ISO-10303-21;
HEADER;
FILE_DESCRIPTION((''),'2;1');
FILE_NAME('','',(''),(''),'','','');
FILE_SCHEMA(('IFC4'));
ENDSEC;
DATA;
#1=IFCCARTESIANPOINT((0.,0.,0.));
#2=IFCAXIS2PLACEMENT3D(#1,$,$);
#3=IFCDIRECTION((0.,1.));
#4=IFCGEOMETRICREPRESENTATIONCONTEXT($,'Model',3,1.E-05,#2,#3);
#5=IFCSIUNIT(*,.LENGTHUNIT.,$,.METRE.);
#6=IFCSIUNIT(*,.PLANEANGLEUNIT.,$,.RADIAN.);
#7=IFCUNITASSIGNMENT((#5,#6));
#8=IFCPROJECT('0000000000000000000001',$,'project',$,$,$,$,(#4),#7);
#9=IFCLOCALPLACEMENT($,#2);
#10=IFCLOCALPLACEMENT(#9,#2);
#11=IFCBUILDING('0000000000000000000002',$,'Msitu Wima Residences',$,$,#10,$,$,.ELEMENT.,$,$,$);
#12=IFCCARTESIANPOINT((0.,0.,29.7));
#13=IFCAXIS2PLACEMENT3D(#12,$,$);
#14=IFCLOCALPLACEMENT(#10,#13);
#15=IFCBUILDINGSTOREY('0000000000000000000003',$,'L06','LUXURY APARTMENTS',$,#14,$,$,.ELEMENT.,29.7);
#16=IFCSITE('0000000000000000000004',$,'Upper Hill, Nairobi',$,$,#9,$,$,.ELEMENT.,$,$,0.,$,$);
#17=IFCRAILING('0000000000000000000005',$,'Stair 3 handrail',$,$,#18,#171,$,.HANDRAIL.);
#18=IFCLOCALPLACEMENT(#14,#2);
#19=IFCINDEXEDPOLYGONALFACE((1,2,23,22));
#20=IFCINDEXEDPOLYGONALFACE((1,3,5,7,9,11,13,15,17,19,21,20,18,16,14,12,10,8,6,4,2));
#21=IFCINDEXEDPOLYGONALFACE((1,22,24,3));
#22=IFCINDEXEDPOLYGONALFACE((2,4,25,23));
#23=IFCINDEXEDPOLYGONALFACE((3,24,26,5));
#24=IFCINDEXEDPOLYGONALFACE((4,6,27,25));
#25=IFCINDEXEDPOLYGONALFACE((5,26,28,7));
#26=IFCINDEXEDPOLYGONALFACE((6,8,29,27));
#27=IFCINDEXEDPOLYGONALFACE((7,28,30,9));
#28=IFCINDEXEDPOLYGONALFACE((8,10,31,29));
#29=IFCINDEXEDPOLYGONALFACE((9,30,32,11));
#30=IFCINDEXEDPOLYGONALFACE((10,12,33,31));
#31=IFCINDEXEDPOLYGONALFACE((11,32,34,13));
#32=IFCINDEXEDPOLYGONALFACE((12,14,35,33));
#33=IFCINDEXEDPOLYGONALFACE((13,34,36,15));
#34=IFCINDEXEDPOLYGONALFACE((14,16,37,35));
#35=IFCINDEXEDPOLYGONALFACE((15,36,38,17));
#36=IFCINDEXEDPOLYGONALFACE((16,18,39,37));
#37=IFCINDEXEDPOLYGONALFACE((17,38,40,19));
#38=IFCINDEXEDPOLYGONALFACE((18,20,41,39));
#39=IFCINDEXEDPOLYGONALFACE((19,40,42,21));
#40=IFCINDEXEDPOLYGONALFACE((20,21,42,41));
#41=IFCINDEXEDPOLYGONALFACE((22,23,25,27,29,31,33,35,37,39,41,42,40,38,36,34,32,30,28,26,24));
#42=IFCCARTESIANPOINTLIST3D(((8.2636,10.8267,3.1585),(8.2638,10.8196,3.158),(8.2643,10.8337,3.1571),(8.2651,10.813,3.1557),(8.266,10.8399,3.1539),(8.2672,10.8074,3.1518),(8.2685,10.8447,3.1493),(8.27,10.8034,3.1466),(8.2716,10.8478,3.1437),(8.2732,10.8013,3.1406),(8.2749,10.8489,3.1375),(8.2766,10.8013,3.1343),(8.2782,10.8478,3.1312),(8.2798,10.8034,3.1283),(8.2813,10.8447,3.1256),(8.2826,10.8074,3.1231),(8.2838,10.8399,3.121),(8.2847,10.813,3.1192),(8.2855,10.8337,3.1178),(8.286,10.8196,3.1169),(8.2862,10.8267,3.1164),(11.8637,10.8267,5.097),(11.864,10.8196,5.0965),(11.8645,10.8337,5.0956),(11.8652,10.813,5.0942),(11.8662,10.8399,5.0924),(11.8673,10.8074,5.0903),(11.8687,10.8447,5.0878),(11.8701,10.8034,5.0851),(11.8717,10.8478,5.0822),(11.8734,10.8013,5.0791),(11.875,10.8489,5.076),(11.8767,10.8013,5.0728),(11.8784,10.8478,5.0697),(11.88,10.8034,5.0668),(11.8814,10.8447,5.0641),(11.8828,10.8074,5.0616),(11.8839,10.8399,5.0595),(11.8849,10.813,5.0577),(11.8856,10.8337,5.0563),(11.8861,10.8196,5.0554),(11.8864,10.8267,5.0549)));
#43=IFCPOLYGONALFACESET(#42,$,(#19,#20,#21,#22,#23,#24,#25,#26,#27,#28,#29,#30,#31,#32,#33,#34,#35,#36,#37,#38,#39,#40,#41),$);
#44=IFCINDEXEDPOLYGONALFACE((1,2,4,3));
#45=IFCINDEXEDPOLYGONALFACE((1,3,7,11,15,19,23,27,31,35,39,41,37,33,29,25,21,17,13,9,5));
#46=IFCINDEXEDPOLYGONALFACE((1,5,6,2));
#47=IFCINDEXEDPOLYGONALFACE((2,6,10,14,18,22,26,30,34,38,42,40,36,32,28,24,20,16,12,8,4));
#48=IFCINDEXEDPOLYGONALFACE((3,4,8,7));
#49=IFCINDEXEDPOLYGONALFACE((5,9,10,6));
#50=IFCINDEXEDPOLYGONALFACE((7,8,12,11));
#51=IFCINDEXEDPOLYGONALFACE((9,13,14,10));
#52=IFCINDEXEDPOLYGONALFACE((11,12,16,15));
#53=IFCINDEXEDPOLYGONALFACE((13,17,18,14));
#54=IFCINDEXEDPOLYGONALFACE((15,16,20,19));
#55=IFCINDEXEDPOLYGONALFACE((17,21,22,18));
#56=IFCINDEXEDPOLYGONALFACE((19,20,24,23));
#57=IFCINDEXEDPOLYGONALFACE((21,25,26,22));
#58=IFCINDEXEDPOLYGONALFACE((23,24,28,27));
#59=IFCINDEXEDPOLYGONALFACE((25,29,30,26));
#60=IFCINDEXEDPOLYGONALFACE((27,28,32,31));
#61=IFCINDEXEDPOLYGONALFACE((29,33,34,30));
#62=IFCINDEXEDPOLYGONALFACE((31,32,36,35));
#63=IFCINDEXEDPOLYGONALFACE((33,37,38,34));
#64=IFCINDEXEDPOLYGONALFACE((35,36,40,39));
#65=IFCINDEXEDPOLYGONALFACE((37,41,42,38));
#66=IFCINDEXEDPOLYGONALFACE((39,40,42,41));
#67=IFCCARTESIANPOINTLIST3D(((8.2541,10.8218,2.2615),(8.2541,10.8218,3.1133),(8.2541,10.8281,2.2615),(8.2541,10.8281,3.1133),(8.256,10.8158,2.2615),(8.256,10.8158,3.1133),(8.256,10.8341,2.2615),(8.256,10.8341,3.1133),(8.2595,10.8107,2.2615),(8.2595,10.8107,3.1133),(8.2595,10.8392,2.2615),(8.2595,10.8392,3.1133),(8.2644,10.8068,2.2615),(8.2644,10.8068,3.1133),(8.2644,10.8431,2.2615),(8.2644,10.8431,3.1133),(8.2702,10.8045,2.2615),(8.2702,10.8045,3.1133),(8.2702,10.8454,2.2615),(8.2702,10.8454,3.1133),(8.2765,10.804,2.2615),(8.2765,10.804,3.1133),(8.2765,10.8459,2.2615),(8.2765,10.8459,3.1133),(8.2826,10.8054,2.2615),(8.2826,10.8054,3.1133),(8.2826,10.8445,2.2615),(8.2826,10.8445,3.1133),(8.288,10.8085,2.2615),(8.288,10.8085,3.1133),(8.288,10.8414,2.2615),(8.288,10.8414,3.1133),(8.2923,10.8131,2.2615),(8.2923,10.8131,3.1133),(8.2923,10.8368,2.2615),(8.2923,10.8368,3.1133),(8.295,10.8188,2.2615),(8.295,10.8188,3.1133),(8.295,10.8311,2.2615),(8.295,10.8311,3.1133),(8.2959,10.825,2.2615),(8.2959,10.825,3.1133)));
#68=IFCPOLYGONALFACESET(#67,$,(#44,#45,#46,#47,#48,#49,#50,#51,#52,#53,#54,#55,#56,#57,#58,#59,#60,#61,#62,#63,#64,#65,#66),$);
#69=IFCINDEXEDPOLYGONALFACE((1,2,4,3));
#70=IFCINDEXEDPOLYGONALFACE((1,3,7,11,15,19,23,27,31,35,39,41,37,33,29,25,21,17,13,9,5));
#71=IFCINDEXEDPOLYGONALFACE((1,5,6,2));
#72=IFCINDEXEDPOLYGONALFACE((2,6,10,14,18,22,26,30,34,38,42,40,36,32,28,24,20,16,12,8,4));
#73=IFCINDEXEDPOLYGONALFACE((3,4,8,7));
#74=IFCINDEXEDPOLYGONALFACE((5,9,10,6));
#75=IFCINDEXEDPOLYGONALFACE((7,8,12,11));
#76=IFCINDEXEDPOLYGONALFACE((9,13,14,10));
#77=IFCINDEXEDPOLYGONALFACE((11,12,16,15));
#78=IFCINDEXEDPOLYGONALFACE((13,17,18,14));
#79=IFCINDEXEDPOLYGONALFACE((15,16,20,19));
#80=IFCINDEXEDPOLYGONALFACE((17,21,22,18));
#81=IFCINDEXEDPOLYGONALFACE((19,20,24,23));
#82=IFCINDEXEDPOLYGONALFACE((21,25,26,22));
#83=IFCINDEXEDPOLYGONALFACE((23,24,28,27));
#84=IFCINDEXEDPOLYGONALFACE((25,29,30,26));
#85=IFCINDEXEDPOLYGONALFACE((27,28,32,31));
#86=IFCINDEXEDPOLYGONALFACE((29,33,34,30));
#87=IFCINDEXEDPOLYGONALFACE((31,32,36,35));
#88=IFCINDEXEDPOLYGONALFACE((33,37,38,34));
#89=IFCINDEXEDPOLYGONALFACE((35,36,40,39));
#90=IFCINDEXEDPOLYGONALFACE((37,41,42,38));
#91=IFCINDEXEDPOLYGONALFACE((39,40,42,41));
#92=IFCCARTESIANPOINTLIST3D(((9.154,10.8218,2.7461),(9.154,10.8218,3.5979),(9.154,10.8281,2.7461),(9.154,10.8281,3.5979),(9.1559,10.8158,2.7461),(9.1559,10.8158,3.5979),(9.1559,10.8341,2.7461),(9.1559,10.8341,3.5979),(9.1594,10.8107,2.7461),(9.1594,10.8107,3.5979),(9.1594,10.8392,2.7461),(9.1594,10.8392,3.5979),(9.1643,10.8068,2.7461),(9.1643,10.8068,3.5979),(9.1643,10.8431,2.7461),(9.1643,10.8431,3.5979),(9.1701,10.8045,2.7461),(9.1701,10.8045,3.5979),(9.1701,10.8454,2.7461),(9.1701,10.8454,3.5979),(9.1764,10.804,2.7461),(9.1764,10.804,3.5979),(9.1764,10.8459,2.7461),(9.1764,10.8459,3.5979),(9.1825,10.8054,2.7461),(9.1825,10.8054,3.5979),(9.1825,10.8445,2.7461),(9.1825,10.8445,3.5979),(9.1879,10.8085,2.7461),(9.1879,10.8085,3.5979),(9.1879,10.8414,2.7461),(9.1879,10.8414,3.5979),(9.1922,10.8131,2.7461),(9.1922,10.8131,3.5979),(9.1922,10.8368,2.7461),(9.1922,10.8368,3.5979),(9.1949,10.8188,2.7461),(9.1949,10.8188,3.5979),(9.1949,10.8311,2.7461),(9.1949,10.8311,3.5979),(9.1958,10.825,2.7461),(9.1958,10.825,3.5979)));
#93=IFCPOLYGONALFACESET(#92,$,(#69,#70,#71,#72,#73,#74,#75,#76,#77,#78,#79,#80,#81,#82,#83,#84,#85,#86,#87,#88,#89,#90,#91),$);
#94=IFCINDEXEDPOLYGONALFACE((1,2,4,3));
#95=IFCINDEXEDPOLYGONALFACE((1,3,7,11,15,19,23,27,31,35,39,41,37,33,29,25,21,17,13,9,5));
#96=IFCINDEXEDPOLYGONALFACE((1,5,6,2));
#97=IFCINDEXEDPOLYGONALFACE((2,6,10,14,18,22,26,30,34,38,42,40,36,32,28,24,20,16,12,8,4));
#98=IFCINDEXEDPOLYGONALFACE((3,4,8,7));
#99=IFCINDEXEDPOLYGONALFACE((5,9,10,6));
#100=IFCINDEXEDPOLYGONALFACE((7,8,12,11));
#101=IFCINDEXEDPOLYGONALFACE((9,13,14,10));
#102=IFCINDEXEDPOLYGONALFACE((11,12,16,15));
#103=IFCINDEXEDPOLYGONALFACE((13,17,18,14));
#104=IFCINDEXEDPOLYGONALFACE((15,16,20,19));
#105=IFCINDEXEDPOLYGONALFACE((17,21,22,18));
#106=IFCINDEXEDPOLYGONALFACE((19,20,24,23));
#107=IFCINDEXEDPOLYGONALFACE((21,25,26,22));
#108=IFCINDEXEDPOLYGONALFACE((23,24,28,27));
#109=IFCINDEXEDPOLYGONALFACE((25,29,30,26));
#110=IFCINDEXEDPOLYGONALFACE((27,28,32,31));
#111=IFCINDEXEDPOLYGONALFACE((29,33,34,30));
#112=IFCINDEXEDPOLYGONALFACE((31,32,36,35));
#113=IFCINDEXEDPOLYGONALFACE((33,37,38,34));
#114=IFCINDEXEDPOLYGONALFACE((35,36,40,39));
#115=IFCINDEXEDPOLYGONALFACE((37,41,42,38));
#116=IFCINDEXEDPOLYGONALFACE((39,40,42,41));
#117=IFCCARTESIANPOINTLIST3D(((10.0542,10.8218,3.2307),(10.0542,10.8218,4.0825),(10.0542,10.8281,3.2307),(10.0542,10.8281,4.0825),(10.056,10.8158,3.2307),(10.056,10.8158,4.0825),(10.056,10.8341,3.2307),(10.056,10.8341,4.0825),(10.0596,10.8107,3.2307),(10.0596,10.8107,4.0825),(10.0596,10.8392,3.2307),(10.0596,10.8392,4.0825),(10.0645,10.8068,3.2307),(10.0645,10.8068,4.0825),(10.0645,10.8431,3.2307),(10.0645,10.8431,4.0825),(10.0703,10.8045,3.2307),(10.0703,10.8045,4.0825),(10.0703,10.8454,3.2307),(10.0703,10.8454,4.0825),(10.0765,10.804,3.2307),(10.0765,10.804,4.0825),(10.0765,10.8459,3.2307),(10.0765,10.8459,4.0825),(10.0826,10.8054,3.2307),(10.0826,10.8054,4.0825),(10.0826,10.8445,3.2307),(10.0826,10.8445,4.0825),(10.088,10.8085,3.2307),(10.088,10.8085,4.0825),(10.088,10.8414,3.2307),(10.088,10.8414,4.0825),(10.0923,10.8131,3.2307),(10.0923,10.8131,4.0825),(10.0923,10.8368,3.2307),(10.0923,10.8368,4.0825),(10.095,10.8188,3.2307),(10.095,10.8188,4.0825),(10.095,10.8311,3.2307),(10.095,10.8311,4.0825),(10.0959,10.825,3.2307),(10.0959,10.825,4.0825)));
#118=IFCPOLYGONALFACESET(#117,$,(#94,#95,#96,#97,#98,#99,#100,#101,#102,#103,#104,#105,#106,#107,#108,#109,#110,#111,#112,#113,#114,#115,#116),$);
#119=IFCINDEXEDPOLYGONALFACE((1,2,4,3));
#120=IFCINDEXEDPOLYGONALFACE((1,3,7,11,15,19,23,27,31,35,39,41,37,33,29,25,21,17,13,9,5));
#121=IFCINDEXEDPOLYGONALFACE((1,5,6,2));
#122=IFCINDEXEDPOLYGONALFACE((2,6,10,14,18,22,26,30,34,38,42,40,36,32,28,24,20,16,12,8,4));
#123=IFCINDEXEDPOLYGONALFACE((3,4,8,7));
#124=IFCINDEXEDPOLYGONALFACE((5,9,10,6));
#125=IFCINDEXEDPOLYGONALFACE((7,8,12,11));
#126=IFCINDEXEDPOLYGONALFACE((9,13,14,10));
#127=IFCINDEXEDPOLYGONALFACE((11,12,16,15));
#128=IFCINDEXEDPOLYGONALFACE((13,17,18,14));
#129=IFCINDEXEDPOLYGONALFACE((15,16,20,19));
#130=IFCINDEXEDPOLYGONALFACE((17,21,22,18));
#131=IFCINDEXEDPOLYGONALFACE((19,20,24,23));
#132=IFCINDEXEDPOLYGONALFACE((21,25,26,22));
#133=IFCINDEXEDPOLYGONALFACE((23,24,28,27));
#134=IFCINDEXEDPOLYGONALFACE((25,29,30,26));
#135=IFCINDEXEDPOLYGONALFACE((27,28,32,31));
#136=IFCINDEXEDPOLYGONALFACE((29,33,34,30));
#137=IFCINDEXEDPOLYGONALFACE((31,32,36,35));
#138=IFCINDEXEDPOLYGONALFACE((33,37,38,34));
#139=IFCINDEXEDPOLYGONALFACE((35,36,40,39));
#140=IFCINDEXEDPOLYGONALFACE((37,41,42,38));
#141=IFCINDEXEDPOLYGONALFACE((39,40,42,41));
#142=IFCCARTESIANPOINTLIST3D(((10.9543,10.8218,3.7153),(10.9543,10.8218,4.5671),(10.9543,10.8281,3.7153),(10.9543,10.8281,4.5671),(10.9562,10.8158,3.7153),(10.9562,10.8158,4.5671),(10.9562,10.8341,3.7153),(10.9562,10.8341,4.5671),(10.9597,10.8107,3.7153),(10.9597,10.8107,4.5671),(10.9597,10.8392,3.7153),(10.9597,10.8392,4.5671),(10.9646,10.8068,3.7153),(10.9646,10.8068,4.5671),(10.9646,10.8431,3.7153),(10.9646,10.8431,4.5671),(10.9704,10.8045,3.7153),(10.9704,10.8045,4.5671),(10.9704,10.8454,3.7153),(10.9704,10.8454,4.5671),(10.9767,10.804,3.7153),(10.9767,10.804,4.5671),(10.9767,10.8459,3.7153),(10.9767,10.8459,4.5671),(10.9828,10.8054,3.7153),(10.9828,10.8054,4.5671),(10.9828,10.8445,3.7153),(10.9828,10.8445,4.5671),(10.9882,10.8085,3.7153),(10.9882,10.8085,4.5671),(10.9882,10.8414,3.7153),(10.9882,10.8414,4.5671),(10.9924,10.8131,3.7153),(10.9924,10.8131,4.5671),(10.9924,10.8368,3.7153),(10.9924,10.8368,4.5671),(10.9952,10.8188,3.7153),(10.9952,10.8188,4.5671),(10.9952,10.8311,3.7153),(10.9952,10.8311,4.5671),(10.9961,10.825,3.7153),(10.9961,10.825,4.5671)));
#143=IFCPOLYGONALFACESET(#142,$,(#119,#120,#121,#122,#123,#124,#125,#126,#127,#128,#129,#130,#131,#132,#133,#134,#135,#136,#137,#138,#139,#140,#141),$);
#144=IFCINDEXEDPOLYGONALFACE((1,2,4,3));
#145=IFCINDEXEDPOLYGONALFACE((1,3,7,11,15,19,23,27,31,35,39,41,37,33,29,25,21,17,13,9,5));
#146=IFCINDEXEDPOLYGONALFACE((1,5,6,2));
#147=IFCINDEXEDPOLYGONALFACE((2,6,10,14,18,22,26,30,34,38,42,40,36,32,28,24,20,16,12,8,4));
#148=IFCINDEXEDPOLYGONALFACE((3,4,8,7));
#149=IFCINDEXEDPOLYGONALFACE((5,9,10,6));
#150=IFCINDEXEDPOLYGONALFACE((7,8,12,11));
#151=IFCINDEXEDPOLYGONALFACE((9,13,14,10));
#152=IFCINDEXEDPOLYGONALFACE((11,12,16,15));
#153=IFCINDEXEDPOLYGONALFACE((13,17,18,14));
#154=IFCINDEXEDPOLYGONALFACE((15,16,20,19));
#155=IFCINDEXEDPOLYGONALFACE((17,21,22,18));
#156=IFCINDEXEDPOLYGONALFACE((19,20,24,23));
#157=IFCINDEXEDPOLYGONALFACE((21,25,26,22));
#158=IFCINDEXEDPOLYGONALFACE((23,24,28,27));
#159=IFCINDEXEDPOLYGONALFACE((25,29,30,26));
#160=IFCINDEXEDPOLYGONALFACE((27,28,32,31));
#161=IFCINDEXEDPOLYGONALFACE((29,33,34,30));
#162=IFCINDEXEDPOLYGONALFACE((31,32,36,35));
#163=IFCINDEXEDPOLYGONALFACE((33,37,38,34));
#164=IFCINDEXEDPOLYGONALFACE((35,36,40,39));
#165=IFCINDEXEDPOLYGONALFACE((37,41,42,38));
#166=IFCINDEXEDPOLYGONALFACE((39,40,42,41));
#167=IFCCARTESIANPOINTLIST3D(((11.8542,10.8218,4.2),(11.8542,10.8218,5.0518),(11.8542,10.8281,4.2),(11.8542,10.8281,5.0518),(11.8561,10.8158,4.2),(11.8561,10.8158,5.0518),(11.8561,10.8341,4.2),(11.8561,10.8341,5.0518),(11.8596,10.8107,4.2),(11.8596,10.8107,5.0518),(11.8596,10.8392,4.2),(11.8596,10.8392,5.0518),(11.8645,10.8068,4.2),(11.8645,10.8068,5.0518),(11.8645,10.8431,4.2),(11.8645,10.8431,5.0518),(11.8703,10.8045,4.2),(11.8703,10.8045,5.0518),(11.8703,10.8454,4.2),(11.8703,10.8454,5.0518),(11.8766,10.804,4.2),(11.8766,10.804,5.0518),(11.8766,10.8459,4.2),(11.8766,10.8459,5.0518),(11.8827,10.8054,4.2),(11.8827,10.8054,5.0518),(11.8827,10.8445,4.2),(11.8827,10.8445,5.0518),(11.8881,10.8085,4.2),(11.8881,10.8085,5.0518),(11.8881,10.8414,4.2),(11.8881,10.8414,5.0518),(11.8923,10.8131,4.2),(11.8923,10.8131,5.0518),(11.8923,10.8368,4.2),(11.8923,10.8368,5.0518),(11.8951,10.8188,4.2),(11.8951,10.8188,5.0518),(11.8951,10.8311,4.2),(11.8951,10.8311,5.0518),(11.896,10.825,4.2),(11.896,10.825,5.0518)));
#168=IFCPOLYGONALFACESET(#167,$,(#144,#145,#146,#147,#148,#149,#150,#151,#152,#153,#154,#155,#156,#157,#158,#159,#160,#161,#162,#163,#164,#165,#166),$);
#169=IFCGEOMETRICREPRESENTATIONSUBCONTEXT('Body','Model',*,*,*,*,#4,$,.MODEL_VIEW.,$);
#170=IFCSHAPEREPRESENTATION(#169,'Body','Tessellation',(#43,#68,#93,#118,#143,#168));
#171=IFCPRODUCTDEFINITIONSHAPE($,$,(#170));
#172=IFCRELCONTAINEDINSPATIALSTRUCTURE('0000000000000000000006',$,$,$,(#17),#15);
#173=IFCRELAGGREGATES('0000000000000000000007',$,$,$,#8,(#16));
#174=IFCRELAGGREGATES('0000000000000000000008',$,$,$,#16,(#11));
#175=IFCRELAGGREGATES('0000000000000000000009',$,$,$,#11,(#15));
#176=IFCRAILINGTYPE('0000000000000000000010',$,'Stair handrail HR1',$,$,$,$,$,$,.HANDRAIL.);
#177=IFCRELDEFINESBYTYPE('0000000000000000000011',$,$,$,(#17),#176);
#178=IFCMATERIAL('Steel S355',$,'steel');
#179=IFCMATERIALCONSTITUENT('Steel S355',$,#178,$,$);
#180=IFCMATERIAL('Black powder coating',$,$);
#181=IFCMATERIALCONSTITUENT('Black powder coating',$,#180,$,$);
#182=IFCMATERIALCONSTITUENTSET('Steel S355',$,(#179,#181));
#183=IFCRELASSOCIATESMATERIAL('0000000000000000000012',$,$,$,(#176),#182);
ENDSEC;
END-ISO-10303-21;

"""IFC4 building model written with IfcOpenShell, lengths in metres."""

from ifc_helpers import new_model, si_unit, direction, frame, origin, origin_2d, place, context, subcontext, project, spatial, circle, extrude, material, constituent, constituent_set, type_object, element, save


model = new_model("IFC4")

# Units and contexts
model_context = context("Model", 3, precision=1e-05, world=origin(), true_north=direction((0.0, 1.0)))
body_context = subcontext(model_context, "Body", "Model", "MODEL_VIEW")
ifc_project = project(units=[si_unit("LENGTHUNIT", "METRE"), si_unit("PLANEANGLEUNIT", "RADIAN")], contexts=[model_context])

# Site, building, storey
site_placement = place(None, origin())
site = spatial("IfcSite", under=ifc_project, at=site_placement, Name="Upper Hill, Nairobi", CompositionType="ELEMENT", RefElevation=0.0)
building_placement = place(site_placement, origin())
building = spatial("IfcBuilding", under=site, at=building_placement, Name="Msitu Wima Residences", CompositionType="ELEMENT")
storey_placement = place(building_placement, frame((0.0, 0.0, 29.7)))
storey = spatial("IfcBuildingStorey", under=building, at=storey_placement, Name="L06", Description="LUXURY APARTMENTS", CompositionType="ELEMENT", Elevation=29.7)

# Railing
ifc_material_1 = material(Name="Steel S355", Category="steel")
ifc_constituent_1 = constituent(ifc_material_1, Name="Steel S355")
ifc_material_2 = material(Name="Black powder coating")
ifc_constituent_2 = constituent(ifc_material_2, Name="Black powder coating")
ifc_constituent_set = constituent_set(constituents=[ifc_constituent_1, ifc_constituent_2], Name="Steel S355")
railing_type = type_object("IfcRailingType", Name="Stair handrail HR1", PredefinedType="HANDRAIL", material=ifc_constituent_set)
railing_placement = place(storey_placement, frame((8.2749, 10.825, 2.2615)))
element("IfcRailing", 1, at=railing_placement, inside=storey, type_object=railing_type, Name="Stair 3 handrail", PredefinedType="HANDRAIL", context=body_context, shape_type="SweptSolid", body=[
    extrude(circle(Radius=0.0239, at=origin_2d()), frame((0.0, 0.0, 0.876), z_axis=(0.880475, 0.0, 0.474093), x_axis=(0.0, 1.0, 0.0)), (0.0, 0.0, 1.0), 4.0889),
    extrude(circle(Radius=0.021, at=origin_2d()), origin(), (0.0, 0.0, 1.0), 0.8518),
    extrude(circle(Radius=0.021, at=origin_2d()), frame((0.8999, 0.0, 0.4846)), (0.0, 0.0, 1.0), 0.8518),
    extrude(circle(Radius=0.021, at=origin_2d()), frame((1.8, 0.0, 0.9692)), (0.0, 0.0, 1.0), 0.8518),
    extrude(circle(Radius=0.021, at=origin_2d()), frame((2.7002, 0.0, 1.4539)), (0.0, 0.0, 1.0), 0.8518),
    extrude(circle(Radius=0.021, at=origin_2d()), frame((3.6001, 0.0, 1.9385)), (0.0, 0.0, 1.0), 0.8518),
])

save(model, "model.ifc")
